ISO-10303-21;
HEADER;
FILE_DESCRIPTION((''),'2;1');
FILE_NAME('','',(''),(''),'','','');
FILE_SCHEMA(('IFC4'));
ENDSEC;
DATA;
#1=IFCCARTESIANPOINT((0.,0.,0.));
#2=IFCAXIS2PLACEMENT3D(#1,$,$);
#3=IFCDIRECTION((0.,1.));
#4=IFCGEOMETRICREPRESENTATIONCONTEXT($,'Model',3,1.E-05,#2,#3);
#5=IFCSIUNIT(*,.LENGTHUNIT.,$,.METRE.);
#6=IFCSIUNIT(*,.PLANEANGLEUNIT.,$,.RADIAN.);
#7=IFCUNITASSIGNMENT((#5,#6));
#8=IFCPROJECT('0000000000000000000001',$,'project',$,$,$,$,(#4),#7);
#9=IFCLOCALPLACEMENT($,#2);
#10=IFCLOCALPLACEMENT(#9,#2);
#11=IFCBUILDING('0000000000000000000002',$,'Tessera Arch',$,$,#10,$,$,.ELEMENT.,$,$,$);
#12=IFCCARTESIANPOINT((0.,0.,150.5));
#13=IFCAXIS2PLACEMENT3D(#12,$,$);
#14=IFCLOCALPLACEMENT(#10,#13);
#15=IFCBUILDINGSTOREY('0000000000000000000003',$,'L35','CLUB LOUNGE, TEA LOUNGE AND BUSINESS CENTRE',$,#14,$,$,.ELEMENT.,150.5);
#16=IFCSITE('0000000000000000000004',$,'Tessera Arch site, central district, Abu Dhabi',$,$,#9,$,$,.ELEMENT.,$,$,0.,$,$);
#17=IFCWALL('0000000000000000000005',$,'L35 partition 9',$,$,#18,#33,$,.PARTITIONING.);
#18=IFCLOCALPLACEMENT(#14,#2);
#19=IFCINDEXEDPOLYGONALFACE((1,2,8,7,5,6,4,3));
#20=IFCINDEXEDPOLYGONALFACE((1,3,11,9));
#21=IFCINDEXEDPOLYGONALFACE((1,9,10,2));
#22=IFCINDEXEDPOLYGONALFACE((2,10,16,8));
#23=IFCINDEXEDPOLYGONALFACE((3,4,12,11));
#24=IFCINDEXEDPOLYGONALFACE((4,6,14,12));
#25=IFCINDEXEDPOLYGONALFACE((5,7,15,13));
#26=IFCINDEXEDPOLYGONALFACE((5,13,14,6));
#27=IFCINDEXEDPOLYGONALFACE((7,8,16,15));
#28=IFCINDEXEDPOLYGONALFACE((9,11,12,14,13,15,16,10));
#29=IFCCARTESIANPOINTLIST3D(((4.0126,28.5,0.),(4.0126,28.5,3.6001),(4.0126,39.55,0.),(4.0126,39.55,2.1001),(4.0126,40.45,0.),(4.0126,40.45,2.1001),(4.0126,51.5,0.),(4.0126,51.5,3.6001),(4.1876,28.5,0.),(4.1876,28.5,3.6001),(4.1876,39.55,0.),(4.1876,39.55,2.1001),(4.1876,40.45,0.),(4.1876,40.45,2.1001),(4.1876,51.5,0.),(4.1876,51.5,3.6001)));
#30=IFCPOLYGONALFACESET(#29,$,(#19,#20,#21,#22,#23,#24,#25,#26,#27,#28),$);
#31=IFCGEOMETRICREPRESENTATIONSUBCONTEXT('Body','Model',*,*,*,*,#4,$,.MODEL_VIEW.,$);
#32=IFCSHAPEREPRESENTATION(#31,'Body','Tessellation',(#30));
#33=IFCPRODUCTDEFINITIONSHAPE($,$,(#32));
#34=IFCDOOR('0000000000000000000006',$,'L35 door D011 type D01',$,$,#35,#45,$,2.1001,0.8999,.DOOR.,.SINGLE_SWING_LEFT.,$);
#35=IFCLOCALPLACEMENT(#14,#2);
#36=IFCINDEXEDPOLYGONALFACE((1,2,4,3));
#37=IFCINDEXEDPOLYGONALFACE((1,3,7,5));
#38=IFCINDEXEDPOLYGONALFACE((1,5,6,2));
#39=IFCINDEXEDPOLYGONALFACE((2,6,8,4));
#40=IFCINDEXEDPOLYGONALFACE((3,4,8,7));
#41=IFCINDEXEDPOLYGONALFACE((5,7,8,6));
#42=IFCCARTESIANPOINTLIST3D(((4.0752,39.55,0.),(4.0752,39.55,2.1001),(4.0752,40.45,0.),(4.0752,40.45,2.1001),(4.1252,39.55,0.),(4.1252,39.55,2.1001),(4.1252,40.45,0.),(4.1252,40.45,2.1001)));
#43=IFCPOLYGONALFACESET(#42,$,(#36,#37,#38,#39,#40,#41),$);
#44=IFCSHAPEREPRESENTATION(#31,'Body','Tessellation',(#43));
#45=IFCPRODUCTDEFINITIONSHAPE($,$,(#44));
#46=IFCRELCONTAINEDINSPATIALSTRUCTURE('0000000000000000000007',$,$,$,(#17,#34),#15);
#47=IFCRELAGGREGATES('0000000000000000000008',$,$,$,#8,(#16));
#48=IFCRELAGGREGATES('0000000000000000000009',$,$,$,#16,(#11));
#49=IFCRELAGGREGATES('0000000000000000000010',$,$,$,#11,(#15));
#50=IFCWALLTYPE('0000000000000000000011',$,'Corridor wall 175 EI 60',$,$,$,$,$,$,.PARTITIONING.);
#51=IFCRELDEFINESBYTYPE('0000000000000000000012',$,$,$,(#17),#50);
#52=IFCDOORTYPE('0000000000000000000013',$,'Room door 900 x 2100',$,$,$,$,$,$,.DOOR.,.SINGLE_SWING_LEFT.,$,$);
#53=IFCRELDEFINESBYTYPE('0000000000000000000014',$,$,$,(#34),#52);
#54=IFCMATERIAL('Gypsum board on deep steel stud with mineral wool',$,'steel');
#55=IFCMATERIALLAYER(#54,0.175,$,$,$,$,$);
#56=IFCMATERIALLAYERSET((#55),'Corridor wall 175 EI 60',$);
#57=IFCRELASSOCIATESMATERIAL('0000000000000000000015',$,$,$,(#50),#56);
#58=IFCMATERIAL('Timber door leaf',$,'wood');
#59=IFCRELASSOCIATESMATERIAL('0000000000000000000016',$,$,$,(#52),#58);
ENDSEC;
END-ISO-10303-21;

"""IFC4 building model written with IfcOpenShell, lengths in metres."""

from ifc_helpers import new_model, si_unit, direction, frame, frame_2d, origin, place, context, subcontext, project, spatial, rectangle, extrude, material, layer, layer_set, type_object, element, fill, save


model = new_model("IFC4")

# Units and contexts
model_context = context("Model", 3, precision=1e-05, world=origin(), true_north=direction((0.0, 1.0)))
body_context = subcontext(model_context, "Body", "Model", "MODEL_VIEW")
ifc_project = project(units=[si_unit("LENGTHUNIT", "METRE"), si_unit("PLANEANGLEUNIT", "RADIAN")], contexts=[model_context])

# Site, building, storey
site_placement = place(None, origin())
site = spatial("IfcSite", under=ifc_project, at=site_placement, Name="Tessera Arch site, central district, Abu Dhabi", CompositionType="ELEMENT", RefElevation=0.0)
building_placement = place(site_placement, origin())
building = spatial("IfcBuilding", under=site, at=building_placement, Name="Tessera Arch", CompositionType="ELEMENT")
storey_placement = place(building_placement, frame((0.0, 0.0, 150.5)))
storey = spatial("IfcBuildingStorey", under=building, at=storey_placement, Name="L35", Description="CLUB LOUNGE, TEA LOUNGE AND BUSINESS CENTRE", CompositionType="ELEMENT", Elevation=150.5)

# Shared definitions
ifc_material_1 = material(Name="Gypsum board on deep steel stud with mineral wool", Category="steel")
ifc_layer_1 = layer(ifc_material_1, 0.175)
ifc_layer_set_1 = layer_set([ifc_layer_1], Name="Corridor wall 175 EI 60")
wall_type_1 = type_object("IfcWallType", Name="Corridor wall 175 EI 60", PredefinedType="PARTITIONING", material=ifc_layer_set_1)

# Wall, opening, door
wall_1_placement = place(storey_placement, frame((4.1001, 28.5, 0.0), z_axis=(0.0, 0.0, 1.0), x_axis=(0.0, 1.0, 0.0)))
wall_1 = element("IfcWall", 1, at=wall_1_placement, inside=storey, type_object=wall_type_1, Name="L35 partition 9", PredefinedType="PARTITIONING", context=body_context, shape_type="SweptSolid", body=[
    extrude(rectangle(XDim=23.0, YDim=0.175, at=frame_2d((11.5, 0.0))), origin(), (0.0, 0.0, 1.0), 3.6001),
])
opening_1_placement = place(wall_1_placement, frame((11.05, 0.0, 0.0)))
opening_1 = element("IfcOpeningElement", 2, at=opening_1_placement, cuts=wall_1, PredefinedType="OPENING", context=body_context, shape_type="SweptSolid", body=[
    extrude(rectangle(XDim=0.8999, YDim=2.1001, at=frame_2d((0.45, 1.05))), frame((0.0, 0.0974, 0.0), z_axis=(0.0, -1.0, 0.0), x_axis=(1.0, 0.0, 0.0)), (0.0, 0.0, 1.0), 0.1951),
])
ifc_material_2 = material(Name="Timber door leaf", Category="wood")
door_type_1 = type_object("IfcDoorType", Name="Room door 900 x 2100", OperationType="SINGLE_SWING_LEFT", PredefinedType="DOOR", material=ifc_material_2)
door_1_placement = place(opening_1_placement, origin())
door_1 = element("IfcDoor", 3, at=door_1_placement, inside=storey, type_object=door_type_1, Name="L35 door D011 type D01", OperationType="SINGLE_SWING_LEFT", OverallHeight=2.1001, OverallWidth=0.8999, PredefinedType="DOOR", context=body_context, shape_type="SweptSolid", body=[
    extrude(rectangle(XDim=0.8999, YDim=2.1001, at=frame_2d((0.45, 1.05))), frame((0.0, 0.0249, 0.0), z_axis=(0.0, -1.0, 0.0), x_axis=(1.0, 0.0, 0.0)), (0.0, 0.0, 1.0), 0.05),
])
fill(opening_1, door_1)

save(model, "model.ifc")
